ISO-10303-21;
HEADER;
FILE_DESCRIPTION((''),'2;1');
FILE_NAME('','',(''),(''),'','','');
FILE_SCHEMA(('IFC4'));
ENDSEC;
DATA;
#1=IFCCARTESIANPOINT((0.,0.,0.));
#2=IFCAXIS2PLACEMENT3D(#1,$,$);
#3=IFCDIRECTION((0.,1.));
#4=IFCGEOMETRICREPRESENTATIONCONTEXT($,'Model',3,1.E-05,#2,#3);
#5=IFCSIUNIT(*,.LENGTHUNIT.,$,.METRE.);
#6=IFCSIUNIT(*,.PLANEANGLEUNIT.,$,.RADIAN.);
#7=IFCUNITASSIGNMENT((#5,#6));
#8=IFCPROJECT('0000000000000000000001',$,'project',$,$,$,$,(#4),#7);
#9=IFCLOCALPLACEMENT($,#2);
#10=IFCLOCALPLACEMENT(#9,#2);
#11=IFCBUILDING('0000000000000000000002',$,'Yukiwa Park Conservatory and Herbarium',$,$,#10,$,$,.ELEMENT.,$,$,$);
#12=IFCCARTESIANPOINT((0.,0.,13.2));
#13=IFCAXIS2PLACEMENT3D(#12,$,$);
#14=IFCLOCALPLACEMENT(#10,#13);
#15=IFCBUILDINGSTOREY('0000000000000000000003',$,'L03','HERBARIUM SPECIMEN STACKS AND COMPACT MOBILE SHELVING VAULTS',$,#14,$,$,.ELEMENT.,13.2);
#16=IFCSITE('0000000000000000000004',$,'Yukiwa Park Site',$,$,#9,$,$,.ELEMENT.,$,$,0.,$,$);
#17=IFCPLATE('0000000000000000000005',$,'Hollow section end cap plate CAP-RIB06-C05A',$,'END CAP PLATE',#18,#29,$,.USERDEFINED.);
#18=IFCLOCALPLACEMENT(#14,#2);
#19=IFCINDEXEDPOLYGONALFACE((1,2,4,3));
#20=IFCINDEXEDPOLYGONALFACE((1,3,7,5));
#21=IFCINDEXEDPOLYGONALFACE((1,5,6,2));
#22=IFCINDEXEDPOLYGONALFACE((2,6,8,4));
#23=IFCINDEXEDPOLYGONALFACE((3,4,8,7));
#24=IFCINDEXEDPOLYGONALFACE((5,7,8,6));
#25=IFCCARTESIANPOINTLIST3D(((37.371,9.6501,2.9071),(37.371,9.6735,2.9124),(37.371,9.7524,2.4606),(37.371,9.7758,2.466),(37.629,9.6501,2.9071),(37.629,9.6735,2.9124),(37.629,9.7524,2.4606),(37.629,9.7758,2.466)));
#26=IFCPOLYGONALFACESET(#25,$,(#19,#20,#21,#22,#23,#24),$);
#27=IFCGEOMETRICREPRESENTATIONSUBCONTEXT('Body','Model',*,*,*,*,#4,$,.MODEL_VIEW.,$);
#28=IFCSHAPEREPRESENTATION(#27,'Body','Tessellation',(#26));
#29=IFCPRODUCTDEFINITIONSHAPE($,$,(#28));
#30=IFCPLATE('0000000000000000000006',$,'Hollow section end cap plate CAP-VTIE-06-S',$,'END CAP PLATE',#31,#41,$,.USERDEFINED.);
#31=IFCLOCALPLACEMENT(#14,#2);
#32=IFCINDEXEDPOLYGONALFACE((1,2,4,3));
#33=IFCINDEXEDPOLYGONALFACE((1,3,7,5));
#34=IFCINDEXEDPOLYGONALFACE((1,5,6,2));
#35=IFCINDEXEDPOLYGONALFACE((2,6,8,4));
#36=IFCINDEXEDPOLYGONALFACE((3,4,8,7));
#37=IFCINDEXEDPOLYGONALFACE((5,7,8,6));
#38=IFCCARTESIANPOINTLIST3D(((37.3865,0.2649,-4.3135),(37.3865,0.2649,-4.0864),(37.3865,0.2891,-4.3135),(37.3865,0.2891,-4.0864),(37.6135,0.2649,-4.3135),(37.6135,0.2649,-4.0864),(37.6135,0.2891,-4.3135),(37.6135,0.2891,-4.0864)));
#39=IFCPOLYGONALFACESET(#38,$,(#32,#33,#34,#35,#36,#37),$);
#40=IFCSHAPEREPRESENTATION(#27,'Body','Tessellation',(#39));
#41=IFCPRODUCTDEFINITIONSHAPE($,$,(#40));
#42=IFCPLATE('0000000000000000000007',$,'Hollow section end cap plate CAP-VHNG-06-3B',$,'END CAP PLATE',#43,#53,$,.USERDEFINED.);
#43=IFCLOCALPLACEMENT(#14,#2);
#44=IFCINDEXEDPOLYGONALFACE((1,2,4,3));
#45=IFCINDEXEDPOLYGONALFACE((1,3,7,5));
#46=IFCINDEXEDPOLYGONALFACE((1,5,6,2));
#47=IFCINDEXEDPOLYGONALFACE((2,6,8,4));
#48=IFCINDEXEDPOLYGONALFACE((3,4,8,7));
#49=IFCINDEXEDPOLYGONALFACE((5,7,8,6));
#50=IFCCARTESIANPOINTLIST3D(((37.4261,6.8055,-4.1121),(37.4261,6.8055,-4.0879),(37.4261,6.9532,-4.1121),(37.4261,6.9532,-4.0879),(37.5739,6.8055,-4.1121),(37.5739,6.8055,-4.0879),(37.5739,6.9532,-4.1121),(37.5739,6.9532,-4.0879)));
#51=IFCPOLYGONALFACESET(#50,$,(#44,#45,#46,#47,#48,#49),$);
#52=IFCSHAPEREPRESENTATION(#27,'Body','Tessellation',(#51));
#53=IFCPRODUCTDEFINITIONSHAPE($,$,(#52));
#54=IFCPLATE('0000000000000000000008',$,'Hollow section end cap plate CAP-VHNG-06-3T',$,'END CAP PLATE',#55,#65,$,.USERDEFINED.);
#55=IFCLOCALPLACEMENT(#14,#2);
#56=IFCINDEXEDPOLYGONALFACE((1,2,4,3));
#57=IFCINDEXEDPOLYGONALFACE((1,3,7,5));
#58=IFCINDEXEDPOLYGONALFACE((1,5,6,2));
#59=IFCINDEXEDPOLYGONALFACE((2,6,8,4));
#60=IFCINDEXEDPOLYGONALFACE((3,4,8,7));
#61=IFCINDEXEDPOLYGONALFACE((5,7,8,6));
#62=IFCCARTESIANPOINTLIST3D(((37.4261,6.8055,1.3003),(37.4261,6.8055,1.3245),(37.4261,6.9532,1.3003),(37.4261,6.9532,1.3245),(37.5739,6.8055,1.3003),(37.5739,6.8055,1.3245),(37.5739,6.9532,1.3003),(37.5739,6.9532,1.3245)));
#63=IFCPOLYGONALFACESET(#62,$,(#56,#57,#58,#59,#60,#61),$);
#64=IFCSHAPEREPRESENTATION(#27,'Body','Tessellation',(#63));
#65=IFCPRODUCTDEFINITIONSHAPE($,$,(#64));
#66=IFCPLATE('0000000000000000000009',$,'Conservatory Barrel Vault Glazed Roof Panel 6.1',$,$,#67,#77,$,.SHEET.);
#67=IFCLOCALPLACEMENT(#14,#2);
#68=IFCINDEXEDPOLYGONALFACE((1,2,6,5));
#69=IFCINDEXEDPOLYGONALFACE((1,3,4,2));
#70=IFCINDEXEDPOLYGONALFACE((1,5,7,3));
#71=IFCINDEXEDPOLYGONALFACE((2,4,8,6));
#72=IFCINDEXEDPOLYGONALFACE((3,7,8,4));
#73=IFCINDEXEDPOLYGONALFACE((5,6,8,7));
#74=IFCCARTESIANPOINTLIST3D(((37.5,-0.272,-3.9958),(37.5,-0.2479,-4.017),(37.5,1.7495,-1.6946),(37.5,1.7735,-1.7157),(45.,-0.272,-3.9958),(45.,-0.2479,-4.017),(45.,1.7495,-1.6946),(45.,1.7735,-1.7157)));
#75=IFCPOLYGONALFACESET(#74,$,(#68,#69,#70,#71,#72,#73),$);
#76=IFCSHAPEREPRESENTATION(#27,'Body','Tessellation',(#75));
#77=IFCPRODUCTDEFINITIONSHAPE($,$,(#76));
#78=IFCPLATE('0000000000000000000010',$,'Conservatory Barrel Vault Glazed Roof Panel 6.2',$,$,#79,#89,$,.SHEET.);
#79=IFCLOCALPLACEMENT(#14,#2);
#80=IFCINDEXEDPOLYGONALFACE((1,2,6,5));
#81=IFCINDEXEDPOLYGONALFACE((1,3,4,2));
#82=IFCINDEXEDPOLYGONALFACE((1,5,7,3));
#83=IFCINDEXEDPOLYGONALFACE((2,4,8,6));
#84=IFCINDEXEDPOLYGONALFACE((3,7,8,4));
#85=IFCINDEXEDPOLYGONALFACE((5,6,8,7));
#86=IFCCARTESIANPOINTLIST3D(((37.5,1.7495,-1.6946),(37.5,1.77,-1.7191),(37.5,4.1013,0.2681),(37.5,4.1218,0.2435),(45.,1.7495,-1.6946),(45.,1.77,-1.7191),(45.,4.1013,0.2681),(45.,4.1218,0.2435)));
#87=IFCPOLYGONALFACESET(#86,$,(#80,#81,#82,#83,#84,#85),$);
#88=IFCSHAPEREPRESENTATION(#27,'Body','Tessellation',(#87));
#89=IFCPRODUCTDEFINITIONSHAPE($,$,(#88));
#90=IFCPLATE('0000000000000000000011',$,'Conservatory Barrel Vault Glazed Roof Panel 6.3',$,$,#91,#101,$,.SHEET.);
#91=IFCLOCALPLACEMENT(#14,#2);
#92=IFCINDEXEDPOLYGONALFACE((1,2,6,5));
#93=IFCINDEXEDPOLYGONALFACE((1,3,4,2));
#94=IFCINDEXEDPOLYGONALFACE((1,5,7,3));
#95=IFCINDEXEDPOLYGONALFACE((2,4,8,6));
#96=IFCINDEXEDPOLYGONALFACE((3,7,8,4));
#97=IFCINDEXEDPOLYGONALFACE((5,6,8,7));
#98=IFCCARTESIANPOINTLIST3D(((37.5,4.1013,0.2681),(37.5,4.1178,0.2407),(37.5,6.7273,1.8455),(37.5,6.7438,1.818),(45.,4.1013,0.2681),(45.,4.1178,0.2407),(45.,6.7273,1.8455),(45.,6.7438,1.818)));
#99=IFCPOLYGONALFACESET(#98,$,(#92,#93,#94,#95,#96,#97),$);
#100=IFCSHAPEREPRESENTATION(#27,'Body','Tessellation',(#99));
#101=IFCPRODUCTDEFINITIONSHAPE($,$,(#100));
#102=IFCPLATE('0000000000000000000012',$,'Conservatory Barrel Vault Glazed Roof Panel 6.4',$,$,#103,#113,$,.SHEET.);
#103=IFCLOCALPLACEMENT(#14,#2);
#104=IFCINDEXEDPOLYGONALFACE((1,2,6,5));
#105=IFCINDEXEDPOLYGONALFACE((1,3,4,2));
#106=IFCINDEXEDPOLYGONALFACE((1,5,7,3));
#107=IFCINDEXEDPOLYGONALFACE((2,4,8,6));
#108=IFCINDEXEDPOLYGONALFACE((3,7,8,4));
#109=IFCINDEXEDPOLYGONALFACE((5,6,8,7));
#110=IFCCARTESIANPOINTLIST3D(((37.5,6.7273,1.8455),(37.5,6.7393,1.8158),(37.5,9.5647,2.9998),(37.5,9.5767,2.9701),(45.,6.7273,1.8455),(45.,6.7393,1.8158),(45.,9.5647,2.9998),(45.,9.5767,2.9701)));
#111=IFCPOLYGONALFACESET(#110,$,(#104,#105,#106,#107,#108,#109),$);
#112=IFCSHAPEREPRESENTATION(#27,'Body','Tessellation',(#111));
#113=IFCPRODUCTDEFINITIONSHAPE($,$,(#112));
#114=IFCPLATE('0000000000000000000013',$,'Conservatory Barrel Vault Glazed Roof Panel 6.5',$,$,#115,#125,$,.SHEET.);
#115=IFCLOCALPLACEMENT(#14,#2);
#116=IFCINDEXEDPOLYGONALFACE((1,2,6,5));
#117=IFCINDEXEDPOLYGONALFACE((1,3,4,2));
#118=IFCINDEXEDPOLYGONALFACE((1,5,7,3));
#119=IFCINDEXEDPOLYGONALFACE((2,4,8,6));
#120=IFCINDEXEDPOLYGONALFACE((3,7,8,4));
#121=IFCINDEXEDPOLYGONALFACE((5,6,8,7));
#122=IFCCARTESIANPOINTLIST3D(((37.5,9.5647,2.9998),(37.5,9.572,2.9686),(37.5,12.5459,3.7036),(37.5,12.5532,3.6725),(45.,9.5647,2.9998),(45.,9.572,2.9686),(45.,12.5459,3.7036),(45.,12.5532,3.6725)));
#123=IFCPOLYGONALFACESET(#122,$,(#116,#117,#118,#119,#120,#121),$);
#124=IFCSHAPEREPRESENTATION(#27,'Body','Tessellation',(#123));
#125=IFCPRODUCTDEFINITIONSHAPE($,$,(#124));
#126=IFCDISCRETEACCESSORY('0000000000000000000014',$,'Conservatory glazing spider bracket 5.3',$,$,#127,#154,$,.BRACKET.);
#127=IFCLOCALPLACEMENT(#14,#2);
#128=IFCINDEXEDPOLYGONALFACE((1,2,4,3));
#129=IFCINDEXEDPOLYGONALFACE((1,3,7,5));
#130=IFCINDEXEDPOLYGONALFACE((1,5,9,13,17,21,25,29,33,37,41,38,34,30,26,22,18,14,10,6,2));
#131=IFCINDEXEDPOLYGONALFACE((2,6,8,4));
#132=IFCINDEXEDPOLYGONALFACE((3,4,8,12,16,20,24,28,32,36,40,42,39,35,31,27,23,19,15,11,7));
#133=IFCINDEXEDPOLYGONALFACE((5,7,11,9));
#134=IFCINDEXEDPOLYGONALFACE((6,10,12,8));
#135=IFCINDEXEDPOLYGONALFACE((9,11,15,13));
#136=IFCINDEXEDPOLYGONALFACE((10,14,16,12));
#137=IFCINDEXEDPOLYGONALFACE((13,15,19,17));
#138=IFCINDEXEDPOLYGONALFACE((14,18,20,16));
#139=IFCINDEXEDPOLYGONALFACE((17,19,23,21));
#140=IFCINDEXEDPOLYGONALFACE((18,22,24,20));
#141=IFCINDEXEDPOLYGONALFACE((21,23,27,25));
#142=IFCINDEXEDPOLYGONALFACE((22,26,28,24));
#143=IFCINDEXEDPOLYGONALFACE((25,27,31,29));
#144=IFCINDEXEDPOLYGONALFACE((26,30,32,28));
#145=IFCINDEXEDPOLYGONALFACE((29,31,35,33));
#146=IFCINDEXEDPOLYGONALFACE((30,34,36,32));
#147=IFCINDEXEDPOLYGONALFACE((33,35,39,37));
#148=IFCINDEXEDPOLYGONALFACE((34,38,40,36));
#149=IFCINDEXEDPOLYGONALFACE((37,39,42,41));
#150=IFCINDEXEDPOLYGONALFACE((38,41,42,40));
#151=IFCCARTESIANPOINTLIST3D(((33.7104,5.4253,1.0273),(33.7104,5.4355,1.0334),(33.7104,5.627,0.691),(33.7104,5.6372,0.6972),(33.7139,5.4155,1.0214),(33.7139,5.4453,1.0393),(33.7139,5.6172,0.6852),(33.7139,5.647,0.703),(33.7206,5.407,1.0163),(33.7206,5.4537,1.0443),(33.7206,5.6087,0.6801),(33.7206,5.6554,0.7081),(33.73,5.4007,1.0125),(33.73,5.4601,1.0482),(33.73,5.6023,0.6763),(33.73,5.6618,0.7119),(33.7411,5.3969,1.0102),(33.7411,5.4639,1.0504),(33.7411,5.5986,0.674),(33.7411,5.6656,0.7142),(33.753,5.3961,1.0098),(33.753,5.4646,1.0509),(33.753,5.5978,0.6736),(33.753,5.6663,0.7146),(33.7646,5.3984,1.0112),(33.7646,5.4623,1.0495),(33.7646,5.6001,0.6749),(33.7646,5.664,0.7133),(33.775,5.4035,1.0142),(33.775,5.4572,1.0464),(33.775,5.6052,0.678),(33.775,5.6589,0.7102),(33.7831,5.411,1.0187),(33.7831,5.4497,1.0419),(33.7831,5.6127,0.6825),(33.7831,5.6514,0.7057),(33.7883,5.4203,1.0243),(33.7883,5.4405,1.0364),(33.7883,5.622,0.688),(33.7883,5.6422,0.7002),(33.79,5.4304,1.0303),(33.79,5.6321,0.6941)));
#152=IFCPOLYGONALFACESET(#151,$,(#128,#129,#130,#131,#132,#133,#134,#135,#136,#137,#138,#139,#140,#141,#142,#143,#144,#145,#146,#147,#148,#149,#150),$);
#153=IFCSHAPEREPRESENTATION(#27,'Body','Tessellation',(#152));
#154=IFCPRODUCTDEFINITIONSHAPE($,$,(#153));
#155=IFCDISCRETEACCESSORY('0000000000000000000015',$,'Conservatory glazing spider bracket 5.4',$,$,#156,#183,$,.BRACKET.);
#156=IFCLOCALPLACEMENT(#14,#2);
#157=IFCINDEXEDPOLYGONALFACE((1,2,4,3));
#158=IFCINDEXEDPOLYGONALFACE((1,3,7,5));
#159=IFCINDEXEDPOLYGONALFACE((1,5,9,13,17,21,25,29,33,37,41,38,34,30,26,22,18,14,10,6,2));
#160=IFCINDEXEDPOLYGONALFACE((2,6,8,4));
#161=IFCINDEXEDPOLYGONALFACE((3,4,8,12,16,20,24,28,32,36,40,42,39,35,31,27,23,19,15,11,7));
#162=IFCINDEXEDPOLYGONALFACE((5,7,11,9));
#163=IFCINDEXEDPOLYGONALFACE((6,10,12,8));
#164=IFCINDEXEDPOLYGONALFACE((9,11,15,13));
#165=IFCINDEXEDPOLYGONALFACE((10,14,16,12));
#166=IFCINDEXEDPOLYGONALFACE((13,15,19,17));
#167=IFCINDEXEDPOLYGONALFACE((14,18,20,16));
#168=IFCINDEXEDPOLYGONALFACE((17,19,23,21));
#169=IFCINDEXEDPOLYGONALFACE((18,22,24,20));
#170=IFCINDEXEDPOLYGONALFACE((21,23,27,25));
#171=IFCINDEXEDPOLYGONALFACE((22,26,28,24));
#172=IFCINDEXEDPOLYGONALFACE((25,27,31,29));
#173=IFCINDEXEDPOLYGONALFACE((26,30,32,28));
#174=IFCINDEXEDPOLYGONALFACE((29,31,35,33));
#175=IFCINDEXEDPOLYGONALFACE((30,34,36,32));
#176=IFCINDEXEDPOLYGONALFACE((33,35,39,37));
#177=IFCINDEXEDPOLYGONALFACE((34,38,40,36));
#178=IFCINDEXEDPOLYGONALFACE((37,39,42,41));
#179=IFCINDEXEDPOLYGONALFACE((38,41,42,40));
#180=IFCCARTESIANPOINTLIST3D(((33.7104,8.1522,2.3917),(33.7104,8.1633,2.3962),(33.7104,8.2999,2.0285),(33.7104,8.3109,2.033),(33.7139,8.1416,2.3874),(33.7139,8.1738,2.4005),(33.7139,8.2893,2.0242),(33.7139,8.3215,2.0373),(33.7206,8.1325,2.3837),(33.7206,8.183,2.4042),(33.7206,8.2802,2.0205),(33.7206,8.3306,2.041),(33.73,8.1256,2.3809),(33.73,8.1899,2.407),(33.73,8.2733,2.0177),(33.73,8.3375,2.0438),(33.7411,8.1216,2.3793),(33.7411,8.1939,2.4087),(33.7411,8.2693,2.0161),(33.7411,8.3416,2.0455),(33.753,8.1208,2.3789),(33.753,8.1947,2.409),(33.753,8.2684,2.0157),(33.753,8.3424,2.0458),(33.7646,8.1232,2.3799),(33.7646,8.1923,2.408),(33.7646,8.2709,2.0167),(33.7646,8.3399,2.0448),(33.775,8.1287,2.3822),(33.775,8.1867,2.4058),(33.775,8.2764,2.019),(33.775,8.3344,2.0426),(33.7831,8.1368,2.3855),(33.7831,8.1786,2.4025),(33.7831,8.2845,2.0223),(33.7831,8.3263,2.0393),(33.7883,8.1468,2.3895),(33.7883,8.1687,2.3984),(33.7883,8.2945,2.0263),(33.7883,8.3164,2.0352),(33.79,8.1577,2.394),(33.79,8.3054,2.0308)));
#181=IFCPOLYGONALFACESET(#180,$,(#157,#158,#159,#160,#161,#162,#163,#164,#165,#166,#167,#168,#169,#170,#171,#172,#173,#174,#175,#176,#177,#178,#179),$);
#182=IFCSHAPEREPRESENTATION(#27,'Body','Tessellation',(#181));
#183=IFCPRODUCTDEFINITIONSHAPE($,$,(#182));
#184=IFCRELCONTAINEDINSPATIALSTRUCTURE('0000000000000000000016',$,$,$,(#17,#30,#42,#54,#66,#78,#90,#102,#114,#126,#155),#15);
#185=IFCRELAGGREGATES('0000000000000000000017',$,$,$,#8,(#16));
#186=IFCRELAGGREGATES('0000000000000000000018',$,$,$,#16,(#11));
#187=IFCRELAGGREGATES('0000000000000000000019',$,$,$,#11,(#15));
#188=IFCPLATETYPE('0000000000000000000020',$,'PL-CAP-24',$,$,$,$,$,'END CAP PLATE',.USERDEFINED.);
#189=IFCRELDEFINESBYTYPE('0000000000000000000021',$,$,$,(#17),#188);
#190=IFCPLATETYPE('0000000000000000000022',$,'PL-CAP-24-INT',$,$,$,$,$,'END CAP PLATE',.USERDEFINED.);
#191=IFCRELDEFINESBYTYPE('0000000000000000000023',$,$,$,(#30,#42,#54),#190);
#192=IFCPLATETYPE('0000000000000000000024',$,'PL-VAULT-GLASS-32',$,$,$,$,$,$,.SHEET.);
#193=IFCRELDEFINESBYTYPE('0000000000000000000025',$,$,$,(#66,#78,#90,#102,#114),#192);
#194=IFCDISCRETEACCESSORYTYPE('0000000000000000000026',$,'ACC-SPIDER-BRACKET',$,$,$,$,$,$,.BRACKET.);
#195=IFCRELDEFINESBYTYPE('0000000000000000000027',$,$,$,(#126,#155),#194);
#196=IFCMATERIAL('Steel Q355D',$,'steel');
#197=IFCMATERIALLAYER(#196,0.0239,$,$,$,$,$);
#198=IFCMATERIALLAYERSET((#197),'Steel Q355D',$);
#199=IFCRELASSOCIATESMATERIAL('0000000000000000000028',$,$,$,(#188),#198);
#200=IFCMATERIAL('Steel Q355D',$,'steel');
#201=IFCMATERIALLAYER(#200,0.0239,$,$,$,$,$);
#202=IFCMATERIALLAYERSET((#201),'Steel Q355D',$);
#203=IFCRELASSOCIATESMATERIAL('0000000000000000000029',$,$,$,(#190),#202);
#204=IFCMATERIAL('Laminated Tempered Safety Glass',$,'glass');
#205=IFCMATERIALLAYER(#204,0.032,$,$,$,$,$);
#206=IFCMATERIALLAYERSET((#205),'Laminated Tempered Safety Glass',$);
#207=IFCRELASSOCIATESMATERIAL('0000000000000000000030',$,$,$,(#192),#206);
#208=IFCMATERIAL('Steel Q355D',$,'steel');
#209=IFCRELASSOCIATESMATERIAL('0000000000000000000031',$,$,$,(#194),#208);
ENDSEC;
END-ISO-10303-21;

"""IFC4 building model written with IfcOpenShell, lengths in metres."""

from ifc_helpers import new_model, si_unit, direction, frame, origin, origin_2d, place, context, subcontext, project, spatial, polyline, rectangle, circle, outline, extrude, material, layer, layer_set, type_object, element, save


model = new_model("IFC4")

# Units and contexts
model_context = context("Model", 3, precision=1e-05, world=origin(), true_north=direction((0.0, 1.0)))
body_context = subcontext(model_context, "Body", "Model", "MODEL_VIEW")
ifc_project = project(units=[si_unit("LENGTHUNIT", "METRE"), si_unit("PLANEANGLEUNIT", "RADIAN")], contexts=[model_context])

# Site, building, storey
site_placement = place(None, origin())
site = spatial("IfcSite", under=ifc_project, at=site_placement, Name="Yukiwa Park Site", CompositionType="ELEMENT", RefElevation=0.0)
building_placement = place(site_placement, origin())
building = spatial("IfcBuilding", under=site, at=building_placement, Name="Yukiwa Park Conservatory and Herbarium", CompositionType="ELEMENT")
storey_placement = place(building_placement, frame((0.0, 0.0, 13.2)))
storey = spatial("IfcBuildingStorey", under=building, at=storey_placement, Name="L03", Description="HERBARIUM SPECIMEN STACKS AND COMPACT MOBILE SHELVING VAULTS", CompositionType="ELEMENT", Elevation=13.2)

# Plates
ifc_material_1 = material(Name="Steel Q355D", Category="steel")
ifc_layer_1 = layer(ifc_material_1, 0.0239)
ifc_layer_set_1 = layer_set([ifc_layer_1], Name="Steel Q355D")
plate_type_1 = type_object("IfcPlateType", Name="PL-CAP-24", ElementType="END CAP PLATE", PredefinedType="USERDEFINED", material=ifc_layer_set_1)
for number, where, z_axis, x_axis, name in (
    (1, (37.5, 9.7246, 2.6892), (0.0, -0.974732, -0.223376), (1.0, 0.0, 0.0), "Hollow section end cap plate CAP-RIB06-C05A"),
):
    element("IfcPlate", number, at=place(storey_placement, frame(where, z_axis=z_axis, x_axis=x_axis)), inside=storey, type_object=plate_type_1, Name=name, ObjectType="END CAP PLATE", PredefinedType="USERDEFINED", context=body_context, shape_type="SweptSolid", body=[
        extrude(rectangle(XDim=0.2581, YDim=0.458, at=origin_2d()), origin(), (0.0, 0.0, 1.0), 0.0239),
    ])
ifc_material_2 = material(Name="Steel Q355D", Category="steel")
ifc_layer_2 = layer(ifc_material_2, 0.0239)
ifc_layer_set_2 = layer_set([ifc_layer_2], Name="Steel Q355D")
plate_type_2 = type_object("IfcPlateType", Name="PL-CAP-24-INT", ElementType="END CAP PLATE", PredefinedType="USERDEFINED", material=ifc_layer_set_2)
plate_1_placement = place(storey_placement, frame((37.5, 0.2891, -4.2), z_axis=(0.0, -1.0, 0.0), x_axis=(1.0, 0.0, 0.0)))
element("IfcPlate", 2, at=plate_1_placement, inside=storey, type_object=plate_type_2, Name="Hollow section end cap plate CAP-VTIE-06-S", ObjectType="END CAP PLATE", PredefinedType="USERDEFINED", context=body_context, shape_type="SweptSolid", body=[
    extrude(rectangle(XDim=0.2271, YDim=0.2271, at=origin_2d()), origin(), (0.0, 0.0, 1.0), 0.0242),
])
for number, where, z_axis, x_axis, name in (
    (3, (37.5, 6.8794, -4.0879), (0.0, 0.0, -1.0), (1.0, 0.0, 0.0), "Hollow section end cap plate CAP-VHNG-06-3B"),
    (4, (37.5, 6.8794, 1.3003), (0.0, 0.0, 1.0), (1.0, 0.0, 0.0), "Hollow section end cap plate CAP-VHNG-06-3T"),
):
    element("IfcPlate", number, at=place(storey_placement, frame(where, z_axis=z_axis, x_axis=x_axis)), inside=storey, type_object=plate_type_2, Name=name, ObjectType="END CAP PLATE", PredefinedType="USERDEFINED", context=body_context, shape_type="SweptSolid", body=[
        extrude(rectangle(XDim=0.1477, YDim=0.1477, at=origin_2d()), origin(), (0.0, 0.0, 1.0), 0.0242),
    ])
ifc_material_3 = material(Name="Laminated Tempered Safety Glass", Category="glass")
ifc_layer_3 = layer(ifc_material_3, 0.032)
ifc_layer_set_3 = layer_set([ifc_layer_3], Name="Laminated Tempered Safety Glass")
plate_type_3 = type_object("IfcPlateType", Name="PL-VAULT-GLASS-32", PredefinedType="SHEET", material=ifc_layer_set_3)
plate_2_placement = place(storey_placement, frame((37.5, -0.272, -3.9958), z_axis=(0.0, -0.751301, 0.659959), x_axis=(1.0, 0.0, 0.0)))
element("IfcPlate", 5, at=plate_2_placement, inside=storey, type_object=plate_type_3, Name="Conservatory Barrel Vault Glazed Roof Panel 6.1", PredefinedType="SHEET", context=body_context, shape_type="SweptSolid", body=[
    extrude(outline(polyline([(0.0, 0.0), (7.5, 0.0), (7.5, 3.063), (0.0, 3.063), (0.0, 0.0)])), origin(), (0.0, 0.0, -1.0), 0.032),
])
plate_3_placement = place(storey_placement, frame((37.5, 1.7495, -1.6946), z_axis=(0.0, -0.640725, 0.76777), x_axis=(1.0, 0.0, 0.0)))
element("IfcPlate", 6, at=plate_3_placement, inside=storey, type_object=plate_type_3, Name="Conservatory Barrel Vault Glazed Roof Panel 6.2", PredefinedType="SHEET", context=body_context, shape_type="SweptSolid", body=[
    extrude(outline(polyline([(0.0, 0.0), (7.5, 0.0), (7.5, 3.0632), (0.0, 3.0632), (0.0, 0.0)])), origin(), (0.0, 0.0, -1.0), 0.032),
])
plate_4_placement = place(storey_placement, frame((37.5, 4.1013, 0.2681), z_axis=(0.0, -0.514929, 0.857233), x_axis=(1.0, 0.0, 0.0)))
element("IfcPlate", 7, at=plate_4_placement, inside=storey, type_object=plate_type_3, Name="Conservatory Barrel Vault Glazed Roof Panel 6.3", PredefinedType="SHEET", context=body_context, shape_type="SweptSolid", body=[
    extrude(outline(polyline([(0.0, 0.0), (7.5, 0.0), (7.5, 3.0633), (0.0, 3.0633), (0.0, 0.0)])), origin(), (0.0, 0.0, -1.0), 0.032),
])
plate_5_placement = place(storey_placement, frame((37.5, 6.7273, 1.8455), z_axis=(0.0, -0.376826, 0.926284), x_axis=(1.0, 0.0, 0.0)))
element("IfcPlate", 8, at=plate_5_placement, inside=storey, type_object=plate_type_3, Name="Conservatory Barrel Vault Glazed Roof Panel 6.4", PredefinedType="SHEET", context=body_context, shape_type="SweptSolid", body=[
    extrude(outline(polyline([(0.0, 0.0), (7.5, 0.0), (7.5, 3.0632), (0.0, 3.0632), (0.0, 0.0)])), origin(), (0.0, 0.0, -1.0), 0.032),
])
plate_6_placement = place(storey_placement, frame((37.5, 9.5647, 2.9998), z_axis=(0.0, -0.229781, 0.973242), x_axis=(1.0, 0.0, 0.0)))
element("IfcPlate", 9, at=plate_6_placement, inside=storey, type_object=plate_type_3, Name="Conservatory Barrel Vault Glazed Roof Panel 6.5", PredefinedType="SHEET", context=body_context, shape_type="SweptSolid", body=[
    extrude(outline(polyline([(0.0, 0.0), (7.5, 0.0), (7.5, 3.0632), (0.0, 3.0632), (0.0, 0.0)])), origin(), (0.0, 0.0, -1.0), 0.032),
])

# Discrete accessories
ifc_material_4 = material(Name="Steel Q355D", Category="steel")
discrete_accessory_type = type_object("IfcDiscreteAccessoryType", Name="ACC-SPIDER-BRACKET", PredefinedType="BRACKET", material=ifc_material_4)
for number, where, z_axis, x_axis, name in (
    (10, (33.75, 5.6321, 0.6941), (0.0, -0.514404, 0.857548), (1.0, 0.0, 0.0), "Conservatory glazing spider bracket 5.3"),
    (11, (33.75, 8.3054, 2.0308), (0.0, -0.376644, 0.926358), (1.0, 0.0, 0.0), "Conservatory glazing spider bracket 5.4"),
):
    element("IfcDiscreteAccessory", number, at=place(storey_placement, frame(where, z_axis=z_axis, x_axis=x_axis)), inside=storey, type_object=discrete_accessory_type, Name=name, PredefinedType="BRACKET", context=body_context, shape_type="SweptSolid", body=[
        extrude(circle(Radius=0.04, at=origin_2d()), origin(), (0.0, 0.0, 1.0), 0.3921),
    ])

save(model, "model.ifc")
